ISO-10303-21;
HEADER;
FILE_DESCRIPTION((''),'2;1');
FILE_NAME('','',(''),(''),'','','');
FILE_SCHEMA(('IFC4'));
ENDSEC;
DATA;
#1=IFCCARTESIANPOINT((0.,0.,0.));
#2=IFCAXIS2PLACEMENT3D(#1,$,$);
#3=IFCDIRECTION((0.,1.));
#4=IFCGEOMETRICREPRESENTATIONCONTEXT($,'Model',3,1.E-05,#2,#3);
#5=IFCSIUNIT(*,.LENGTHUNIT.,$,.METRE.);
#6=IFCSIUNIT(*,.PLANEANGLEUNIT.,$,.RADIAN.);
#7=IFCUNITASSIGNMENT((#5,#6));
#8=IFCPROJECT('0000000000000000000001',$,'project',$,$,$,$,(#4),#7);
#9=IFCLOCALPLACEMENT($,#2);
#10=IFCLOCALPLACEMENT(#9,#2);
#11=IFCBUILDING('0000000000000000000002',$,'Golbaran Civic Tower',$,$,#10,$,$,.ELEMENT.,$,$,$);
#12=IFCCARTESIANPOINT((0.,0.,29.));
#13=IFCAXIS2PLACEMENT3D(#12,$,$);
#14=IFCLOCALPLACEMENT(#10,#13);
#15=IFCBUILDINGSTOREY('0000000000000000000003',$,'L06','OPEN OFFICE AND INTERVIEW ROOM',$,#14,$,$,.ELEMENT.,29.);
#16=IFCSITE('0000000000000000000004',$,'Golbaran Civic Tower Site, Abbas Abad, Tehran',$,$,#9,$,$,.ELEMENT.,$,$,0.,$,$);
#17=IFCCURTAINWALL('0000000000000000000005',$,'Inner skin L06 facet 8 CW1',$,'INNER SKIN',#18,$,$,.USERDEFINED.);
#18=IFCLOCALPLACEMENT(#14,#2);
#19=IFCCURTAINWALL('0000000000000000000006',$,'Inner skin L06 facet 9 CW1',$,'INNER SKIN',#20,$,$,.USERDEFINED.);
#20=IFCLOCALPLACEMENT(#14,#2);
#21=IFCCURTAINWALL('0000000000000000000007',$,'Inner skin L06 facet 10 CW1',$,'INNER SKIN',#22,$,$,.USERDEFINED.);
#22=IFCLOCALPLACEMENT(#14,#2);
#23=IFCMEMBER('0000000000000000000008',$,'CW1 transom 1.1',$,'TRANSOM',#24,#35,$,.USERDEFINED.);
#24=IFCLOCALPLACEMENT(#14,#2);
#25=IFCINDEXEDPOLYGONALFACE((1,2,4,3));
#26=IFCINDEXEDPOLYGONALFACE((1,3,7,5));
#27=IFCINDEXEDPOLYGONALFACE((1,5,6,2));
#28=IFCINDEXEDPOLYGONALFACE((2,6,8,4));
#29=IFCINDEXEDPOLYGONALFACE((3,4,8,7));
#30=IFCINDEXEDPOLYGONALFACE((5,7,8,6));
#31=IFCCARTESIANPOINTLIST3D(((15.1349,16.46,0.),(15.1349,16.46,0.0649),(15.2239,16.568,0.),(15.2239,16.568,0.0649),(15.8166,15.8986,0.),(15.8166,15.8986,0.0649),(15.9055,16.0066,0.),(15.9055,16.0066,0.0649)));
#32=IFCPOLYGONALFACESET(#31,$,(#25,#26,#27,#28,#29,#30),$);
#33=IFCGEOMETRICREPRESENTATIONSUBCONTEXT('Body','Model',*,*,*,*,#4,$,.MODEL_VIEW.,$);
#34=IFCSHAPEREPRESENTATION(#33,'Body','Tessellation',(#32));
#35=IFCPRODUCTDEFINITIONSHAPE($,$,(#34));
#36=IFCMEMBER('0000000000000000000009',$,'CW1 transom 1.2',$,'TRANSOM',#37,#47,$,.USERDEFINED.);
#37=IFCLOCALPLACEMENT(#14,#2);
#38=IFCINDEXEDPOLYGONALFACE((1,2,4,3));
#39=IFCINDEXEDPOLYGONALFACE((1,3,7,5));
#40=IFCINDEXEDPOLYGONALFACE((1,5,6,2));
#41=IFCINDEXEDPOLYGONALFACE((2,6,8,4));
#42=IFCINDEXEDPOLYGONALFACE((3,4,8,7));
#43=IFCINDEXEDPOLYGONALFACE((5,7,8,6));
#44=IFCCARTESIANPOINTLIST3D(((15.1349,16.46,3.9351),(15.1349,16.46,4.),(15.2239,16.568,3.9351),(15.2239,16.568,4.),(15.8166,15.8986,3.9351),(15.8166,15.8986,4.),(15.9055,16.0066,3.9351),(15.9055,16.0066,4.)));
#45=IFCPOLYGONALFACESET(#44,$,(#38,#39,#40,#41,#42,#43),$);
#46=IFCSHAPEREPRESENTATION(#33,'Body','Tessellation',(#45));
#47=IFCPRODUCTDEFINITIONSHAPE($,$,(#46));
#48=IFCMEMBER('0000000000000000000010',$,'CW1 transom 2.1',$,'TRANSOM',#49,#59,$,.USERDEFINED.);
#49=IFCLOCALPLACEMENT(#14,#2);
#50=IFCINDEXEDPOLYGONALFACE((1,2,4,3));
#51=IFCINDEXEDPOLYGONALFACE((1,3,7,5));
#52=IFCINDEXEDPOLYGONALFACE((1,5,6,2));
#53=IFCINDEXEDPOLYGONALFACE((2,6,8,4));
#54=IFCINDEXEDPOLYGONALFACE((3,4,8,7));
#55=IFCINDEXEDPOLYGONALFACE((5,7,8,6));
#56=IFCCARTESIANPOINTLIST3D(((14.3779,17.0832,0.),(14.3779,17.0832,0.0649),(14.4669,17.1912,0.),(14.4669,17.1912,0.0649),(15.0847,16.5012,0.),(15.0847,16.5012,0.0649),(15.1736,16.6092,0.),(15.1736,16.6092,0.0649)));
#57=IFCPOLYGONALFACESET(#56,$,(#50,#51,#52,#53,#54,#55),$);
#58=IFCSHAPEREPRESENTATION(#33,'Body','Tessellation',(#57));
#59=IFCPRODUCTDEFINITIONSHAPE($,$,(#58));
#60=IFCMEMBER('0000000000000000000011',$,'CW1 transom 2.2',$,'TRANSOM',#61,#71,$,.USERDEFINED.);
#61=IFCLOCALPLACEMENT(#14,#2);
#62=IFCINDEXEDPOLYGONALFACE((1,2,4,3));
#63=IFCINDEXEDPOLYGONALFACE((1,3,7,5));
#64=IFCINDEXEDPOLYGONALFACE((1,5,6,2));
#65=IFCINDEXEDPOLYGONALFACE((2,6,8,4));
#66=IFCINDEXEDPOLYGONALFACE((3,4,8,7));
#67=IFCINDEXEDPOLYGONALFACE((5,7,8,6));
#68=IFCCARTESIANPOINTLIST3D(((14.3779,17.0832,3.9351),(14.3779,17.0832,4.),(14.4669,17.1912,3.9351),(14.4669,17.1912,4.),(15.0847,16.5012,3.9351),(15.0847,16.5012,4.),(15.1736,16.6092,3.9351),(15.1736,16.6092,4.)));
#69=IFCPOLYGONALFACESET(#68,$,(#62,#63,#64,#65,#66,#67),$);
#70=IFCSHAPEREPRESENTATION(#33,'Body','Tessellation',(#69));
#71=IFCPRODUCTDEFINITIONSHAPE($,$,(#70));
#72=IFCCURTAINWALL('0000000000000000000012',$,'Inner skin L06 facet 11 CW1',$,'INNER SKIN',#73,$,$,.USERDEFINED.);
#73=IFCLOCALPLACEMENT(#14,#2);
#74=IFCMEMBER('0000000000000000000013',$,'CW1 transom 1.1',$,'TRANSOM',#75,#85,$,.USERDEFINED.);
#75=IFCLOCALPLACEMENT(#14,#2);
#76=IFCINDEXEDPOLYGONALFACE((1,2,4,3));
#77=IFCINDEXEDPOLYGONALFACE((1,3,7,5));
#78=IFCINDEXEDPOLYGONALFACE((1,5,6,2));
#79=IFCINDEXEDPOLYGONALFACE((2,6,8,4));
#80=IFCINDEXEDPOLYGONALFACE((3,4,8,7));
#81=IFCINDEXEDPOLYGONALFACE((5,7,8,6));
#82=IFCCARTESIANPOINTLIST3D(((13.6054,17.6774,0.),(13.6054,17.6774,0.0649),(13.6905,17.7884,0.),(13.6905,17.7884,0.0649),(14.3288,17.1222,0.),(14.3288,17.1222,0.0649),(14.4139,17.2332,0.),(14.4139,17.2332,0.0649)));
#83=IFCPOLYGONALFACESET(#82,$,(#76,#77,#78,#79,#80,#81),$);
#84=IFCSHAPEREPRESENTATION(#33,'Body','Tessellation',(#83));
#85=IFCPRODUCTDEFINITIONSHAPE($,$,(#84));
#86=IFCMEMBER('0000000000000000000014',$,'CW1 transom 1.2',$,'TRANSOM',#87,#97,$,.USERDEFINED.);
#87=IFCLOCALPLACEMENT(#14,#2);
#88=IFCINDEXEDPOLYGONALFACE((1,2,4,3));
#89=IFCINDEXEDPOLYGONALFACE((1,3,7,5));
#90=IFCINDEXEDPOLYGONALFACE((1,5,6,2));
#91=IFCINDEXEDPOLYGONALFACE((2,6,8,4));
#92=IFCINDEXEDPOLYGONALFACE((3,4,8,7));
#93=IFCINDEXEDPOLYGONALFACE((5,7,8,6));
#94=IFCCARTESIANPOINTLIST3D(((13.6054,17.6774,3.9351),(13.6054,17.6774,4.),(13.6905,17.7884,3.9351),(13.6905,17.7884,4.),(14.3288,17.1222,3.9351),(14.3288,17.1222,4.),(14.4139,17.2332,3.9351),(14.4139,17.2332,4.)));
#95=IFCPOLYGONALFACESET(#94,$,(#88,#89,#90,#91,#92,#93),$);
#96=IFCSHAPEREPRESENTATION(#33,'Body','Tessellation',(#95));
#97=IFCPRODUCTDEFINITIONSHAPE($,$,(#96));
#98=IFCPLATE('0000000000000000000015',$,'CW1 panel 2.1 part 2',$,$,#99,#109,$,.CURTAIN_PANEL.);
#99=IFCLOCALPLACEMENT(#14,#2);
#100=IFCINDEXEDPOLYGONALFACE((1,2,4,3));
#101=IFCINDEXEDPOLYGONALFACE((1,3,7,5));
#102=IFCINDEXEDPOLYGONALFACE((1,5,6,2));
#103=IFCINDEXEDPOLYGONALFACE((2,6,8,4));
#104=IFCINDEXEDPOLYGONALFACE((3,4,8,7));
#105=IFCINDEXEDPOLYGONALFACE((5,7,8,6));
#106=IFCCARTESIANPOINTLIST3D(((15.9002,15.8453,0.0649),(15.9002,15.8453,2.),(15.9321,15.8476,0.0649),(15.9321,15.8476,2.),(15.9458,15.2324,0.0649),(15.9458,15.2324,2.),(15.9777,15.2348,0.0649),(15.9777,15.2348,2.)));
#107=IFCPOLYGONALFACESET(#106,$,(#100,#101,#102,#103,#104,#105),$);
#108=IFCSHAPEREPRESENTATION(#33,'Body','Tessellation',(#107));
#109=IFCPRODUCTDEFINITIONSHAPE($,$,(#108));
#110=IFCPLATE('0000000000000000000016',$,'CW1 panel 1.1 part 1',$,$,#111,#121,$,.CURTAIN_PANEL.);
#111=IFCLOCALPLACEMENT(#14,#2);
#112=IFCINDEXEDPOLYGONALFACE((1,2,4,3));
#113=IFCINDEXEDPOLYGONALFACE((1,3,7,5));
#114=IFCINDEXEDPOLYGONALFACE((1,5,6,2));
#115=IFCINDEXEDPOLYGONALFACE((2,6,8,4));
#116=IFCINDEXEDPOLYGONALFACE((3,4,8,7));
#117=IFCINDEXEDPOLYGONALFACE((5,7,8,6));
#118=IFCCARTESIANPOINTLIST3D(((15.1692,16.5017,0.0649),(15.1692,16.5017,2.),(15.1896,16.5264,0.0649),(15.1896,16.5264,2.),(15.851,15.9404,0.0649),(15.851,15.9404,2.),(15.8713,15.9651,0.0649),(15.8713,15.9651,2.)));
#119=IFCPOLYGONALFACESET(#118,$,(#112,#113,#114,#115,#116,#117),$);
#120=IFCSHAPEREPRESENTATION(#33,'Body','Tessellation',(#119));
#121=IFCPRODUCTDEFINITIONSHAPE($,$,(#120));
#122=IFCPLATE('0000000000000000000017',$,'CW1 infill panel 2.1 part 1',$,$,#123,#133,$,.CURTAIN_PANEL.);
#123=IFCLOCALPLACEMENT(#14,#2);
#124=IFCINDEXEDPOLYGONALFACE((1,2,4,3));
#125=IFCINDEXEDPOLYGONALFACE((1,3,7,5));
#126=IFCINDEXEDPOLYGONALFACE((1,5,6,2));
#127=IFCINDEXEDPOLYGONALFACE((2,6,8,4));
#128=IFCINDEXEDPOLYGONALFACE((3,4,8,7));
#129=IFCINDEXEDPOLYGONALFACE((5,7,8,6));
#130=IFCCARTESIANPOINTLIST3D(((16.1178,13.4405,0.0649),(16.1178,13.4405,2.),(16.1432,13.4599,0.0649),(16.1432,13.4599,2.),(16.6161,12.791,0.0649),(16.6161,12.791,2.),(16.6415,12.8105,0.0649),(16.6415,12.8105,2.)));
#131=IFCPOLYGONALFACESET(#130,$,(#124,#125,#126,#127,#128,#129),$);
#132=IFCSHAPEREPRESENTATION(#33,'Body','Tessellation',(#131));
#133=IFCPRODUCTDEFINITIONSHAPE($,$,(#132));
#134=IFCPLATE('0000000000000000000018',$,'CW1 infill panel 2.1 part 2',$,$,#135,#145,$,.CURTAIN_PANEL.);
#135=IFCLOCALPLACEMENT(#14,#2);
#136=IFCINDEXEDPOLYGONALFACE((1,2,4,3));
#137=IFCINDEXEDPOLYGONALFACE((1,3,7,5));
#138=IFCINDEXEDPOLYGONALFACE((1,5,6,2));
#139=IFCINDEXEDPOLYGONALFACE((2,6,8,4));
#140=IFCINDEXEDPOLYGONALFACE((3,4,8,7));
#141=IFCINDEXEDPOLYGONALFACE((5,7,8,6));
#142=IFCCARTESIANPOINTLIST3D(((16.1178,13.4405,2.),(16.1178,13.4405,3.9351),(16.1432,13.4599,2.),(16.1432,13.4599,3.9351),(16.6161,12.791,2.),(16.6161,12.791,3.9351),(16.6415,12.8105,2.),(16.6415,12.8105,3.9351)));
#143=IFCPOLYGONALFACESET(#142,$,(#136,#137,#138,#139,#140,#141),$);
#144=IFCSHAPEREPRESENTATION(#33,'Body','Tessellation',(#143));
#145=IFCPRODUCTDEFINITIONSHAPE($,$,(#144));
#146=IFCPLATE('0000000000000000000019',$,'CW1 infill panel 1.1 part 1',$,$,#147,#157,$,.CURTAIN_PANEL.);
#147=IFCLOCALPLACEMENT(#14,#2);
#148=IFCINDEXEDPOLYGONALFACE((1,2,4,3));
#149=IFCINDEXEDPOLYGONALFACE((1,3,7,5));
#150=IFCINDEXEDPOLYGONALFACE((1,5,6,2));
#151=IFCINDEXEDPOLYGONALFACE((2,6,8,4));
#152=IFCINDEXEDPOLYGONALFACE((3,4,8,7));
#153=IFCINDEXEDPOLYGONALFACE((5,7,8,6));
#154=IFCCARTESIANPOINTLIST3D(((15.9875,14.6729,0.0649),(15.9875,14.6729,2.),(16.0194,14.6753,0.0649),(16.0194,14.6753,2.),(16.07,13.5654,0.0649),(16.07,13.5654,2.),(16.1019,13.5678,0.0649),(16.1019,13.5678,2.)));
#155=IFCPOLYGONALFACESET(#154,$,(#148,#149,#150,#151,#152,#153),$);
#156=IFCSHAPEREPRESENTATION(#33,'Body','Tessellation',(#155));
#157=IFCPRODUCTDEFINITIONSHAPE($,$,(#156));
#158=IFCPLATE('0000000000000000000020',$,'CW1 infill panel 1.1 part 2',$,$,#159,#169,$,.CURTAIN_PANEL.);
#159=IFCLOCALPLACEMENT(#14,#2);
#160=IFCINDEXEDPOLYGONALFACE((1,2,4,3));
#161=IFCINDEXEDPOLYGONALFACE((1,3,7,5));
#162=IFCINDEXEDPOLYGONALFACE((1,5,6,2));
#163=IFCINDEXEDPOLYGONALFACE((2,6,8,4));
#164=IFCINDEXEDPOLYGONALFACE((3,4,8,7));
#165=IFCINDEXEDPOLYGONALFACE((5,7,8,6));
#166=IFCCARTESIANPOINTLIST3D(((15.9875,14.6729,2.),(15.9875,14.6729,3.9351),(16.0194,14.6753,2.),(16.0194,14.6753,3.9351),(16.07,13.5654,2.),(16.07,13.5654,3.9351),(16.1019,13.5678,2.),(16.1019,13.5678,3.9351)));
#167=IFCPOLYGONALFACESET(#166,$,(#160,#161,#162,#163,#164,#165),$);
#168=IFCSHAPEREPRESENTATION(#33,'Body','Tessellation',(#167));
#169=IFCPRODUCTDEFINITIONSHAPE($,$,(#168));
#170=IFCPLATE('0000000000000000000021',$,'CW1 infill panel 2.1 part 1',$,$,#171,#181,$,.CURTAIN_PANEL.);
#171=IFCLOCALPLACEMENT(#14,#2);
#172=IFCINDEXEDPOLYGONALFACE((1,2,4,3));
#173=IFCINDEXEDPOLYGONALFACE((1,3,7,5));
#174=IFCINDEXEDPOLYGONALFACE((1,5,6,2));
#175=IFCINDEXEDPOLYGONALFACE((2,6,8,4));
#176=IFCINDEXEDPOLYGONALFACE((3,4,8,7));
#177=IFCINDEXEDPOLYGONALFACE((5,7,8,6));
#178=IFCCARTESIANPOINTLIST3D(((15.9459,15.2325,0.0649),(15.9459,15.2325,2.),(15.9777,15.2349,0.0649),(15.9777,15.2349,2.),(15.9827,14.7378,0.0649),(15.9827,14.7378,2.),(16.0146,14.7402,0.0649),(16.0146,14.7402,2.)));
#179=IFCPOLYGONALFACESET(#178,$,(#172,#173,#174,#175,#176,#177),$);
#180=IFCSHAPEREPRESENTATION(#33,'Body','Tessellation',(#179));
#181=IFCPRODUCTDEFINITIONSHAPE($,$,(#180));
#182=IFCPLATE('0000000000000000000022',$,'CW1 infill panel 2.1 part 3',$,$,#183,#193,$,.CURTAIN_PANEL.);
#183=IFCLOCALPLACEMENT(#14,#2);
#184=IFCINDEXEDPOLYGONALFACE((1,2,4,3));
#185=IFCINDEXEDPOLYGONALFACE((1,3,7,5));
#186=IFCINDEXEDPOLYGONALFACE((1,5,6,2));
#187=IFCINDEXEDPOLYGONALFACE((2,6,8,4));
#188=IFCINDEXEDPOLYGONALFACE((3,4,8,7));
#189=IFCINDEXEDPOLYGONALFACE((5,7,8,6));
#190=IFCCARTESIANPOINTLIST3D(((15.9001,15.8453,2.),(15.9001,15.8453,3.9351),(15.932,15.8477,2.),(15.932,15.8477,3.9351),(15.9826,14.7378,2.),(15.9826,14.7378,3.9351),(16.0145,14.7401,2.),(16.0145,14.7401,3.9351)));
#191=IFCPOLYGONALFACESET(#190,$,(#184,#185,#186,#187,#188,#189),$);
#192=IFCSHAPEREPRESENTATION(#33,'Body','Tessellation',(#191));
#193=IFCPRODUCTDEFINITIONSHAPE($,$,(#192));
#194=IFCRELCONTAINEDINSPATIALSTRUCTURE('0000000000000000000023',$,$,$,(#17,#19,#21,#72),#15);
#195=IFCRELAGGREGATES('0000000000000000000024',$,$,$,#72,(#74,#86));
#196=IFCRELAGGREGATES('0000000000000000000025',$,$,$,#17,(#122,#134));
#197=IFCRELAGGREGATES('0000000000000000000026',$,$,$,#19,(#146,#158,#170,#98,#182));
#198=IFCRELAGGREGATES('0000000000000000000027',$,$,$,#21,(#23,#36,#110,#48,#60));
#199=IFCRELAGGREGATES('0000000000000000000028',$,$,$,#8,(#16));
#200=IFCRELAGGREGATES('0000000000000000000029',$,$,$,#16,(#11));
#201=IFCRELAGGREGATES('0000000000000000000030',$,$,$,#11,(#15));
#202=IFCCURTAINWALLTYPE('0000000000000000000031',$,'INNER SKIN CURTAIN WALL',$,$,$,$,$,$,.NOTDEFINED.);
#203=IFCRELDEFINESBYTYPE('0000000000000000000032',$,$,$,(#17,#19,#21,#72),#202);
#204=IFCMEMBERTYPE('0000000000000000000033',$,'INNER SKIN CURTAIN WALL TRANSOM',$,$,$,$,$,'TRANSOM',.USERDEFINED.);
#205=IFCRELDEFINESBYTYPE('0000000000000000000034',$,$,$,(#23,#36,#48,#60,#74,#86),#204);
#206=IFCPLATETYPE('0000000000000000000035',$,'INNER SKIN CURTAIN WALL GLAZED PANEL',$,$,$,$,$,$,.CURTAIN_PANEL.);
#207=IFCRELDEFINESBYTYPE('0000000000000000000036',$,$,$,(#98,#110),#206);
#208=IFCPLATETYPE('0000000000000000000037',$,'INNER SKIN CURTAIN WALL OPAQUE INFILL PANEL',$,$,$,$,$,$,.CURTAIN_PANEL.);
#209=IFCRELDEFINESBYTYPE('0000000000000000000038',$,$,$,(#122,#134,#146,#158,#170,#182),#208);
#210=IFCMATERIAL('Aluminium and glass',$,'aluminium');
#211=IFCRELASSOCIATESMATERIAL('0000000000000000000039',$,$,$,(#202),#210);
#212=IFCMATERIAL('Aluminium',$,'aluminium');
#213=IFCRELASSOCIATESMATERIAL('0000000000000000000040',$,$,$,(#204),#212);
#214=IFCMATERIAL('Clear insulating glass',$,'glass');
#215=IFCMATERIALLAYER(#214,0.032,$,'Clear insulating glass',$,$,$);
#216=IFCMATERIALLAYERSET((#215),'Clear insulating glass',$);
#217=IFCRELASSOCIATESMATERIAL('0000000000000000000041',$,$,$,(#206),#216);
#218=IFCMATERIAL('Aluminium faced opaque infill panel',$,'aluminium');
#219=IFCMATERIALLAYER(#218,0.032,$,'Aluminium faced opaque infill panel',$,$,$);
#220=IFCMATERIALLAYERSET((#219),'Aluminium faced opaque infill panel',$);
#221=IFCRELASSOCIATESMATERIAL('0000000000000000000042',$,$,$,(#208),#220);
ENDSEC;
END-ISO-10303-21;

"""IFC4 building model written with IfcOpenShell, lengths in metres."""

from ifc_helpers import new_model, si_unit, direction, frame, origin, origin_2d, place, context, subcontext, project, spatial, rectangle, extrude, material, layer, layer_set, material_profile, profile_set, type_object, element, aggregate, save


model = new_model("IFC4")

# Units and contexts
model_context = context("Model", 3, precision=1e-05, world=origin(), true_north=direction((0.0, 1.0)))
body_context = subcontext(model_context, "Body", "Model", "MODEL_VIEW")
ifc_project = project(units=[si_unit("LENGTHUNIT", "METRE"), si_unit("PLANEANGLEUNIT", "RADIAN")], contexts=[model_context])

# Site, building, storey
site_placement = place(None, origin())
site = spatial("IfcSite", under=ifc_project, at=site_placement, Name="Golbaran Civic Tower Site, Abbas Abad, Tehran", CompositionType="ELEMENT", RefElevation=0.0)
building_placement = place(site_placement, origin())
building = spatial("IfcBuilding", under=site, at=building_placement, Name="Golbaran Civic Tower", CompositionType="ELEMENT")
storey_placement = place(building_placement, frame((0.0, 0.0, 29.0)))
storey = spatial("IfcBuildingStorey", under=building, at=storey_placement, Name="L06", Description="OPEN OFFICE AND INTERVIEW ROOM", CompositionType="ELEMENT", Elevation=29.0)

# Curtain wall
ifc_material_1 = material(Name="Aluminium and glass", Category="aluminium")
curtain_wall_type = type_object("IfcCurtainWallType", Name="INNER SKIN CURTAIN WALL", PredefinedType="NOTDEFINED", material=ifc_material_1)
curtain_wall_1_placement = place(storey_placement, origin())
curtain_wall_1 = element("IfcCurtainWall", 1, at=curtain_wall_1_placement, inside=storey, type_object=curtain_wall_type, Name="Inner skin L06 facet 8 CW1", ObjectType="INNER SKIN", PredefinedType="USERDEFINED")
ifc_material_2 = material(Name="Aluminium", Category="aluminium")

# Curtain walls
curtain_wall_2_placement = place(storey_placement, origin())
curtain_wall_2 = element("IfcCurtainWall", 2, at=curtain_wall_2_placement, inside=storey, type_object=curtain_wall_type, Name="Inner skin L06 facet 9 CW1", ObjectType="INNER SKIN", PredefinedType="USERDEFINED")
curtain_wall_3_placement = place(storey_placement, origin())
curtain_wall_3 = element("IfcCurtainWall", 3, at=curtain_wall_3_placement, inside=storey, type_object=curtain_wall_type, Name="Inner skin L06 facet 10 CW1", ObjectType="INNER SKIN", PredefinedType="USERDEFINED")

# Members
ifc_material_profile_1 = material_profile(ifc_material_2, rectangle(XDim=0.1399, YDim=0.0649, at=origin_2d()), Name="INNER SKIN CURTAIN WALL TRANSOM")
ifc_profile_set_1 = profile_set([ifc_material_profile_1], Name="Aluminium")
member_type_1 = type_object("IfcMemberType", Name="INNER SKIN CURTAIN WALL TRANSOM", ElementType="TRANSOM", PredefinedType="USERDEFINED", material=ifc_profile_set_1)
member_1_placement = place(storey_placement, frame((15.8611, 15.9526, 0.0325), z_axis=(-0.77197, 0.635659, 0.0), x_axis=(-0.635659, -0.77197, 0.0)))
member_1 = element("IfcMember", 4, at=member_1_placement, type_object=member_type_1, Name="CW1 transom 1.1", ObjectType="TRANSOM", PredefinedType="USERDEFINED", context=body_context, shape_type="SweptSolid", body=[
    extrude(rectangle(XDim=0.1399, YDim=0.0649, at=origin_2d()), origin(), (0.0, 0.0, 1.0), 0.8831),
])
member_2_placement = place(storey_placement, frame((15.8611, 15.9526, 3.9675), z_axis=(-0.77197, 0.635659, 0.0), x_axis=(-0.635659, -0.77197, 0.0)))
member_2 = element("IfcMember", 5, at=member_2_placement, type_object=member_type_1, Name="CW1 transom 1.2", ObjectType="TRANSOM", PredefinedType="USERDEFINED", context=body_context, shape_type="SweptSolid", body=[
    extrude(rectangle(XDim=0.1399, YDim=0.0649, at=origin_2d()), origin(), (0.0, 0.0, 1.0), 0.8831),
])
member_3_placement = place(storey_placement, frame((15.1292, 16.5552, 0.0325), z_axis=(-0.771946, 0.635689, 0.0), x_axis=(-0.635689, -0.771946, 0.0)))
member_3 = element("IfcMember", 6, at=member_3_placement, type_object=member_type_1, Name="CW1 transom 2.1", ObjectType="TRANSOM", PredefinedType="USERDEFINED", context=body_context, shape_type="SweptSolid", body=[
    extrude(rectangle(XDim=0.1399, YDim=0.0649, at=origin_2d()), origin(), (0.0, 0.0, 1.0), 0.9155),
])
member_4_placement = place(storey_placement, frame((15.1292, 16.5552, 3.9675), z_axis=(-0.771946, 0.635689, 0.0), x_axis=(-0.635689, -0.771946, 0.0)))
member_4 = element("IfcMember", 7, at=member_4_placement, type_object=member_type_1, Name="CW1 transom 2.2", ObjectType="TRANSOM", PredefinedType="USERDEFINED", context=body_context, shape_type="SweptSolid", body=[
    extrude(rectangle(XDim=0.1399, YDim=0.0649, at=origin_2d()), origin(), (0.0, 0.0, 1.0), 0.9155),
])

# Curtain wall, members
curtain_wall_4_placement = place(storey_placement, origin())
curtain_wall_4 = element("IfcCurtainWall", 8, at=curtain_wall_4_placement, inside=storey, type_object=curtain_wall_type, Name="Inner skin L06 facet 11 CW1", ObjectType="INNER SKIN", PredefinedType="USERDEFINED")
member_5_placement = place(storey_placement, frame((14.3713, 17.1777, 0.0325), z_axis=(-0.7933, 0.608831, 0.0), x_axis=(-0.608831, -0.7933, 0.0)))
member_5 = element("IfcMember", 9, at=member_5_placement, type_object=member_type_1, Name="CW1 transom 1.1", ObjectType="TRANSOM", PredefinedType="USERDEFINED", context=body_context, shape_type="SweptSolid", body=[
    extrude(rectangle(XDim=0.1399, YDim=0.0649, at=origin_2d()), origin(), (0.0, 0.0, 1.0), 0.9119),
])
member_6_placement = place(storey_placement, frame((14.3713, 17.1777, 3.9675), z_axis=(-0.7933, 0.608831, 0.0), x_axis=(-0.608831, -0.7933, 0.0)))
member_6 = element("IfcMember", 10, at=member_6_placement, type_object=member_type_1, Name="CW1 transom 1.2", ObjectType="TRANSOM", PredefinedType="USERDEFINED", context=body_context, shape_type="SweptSolid", body=[
    extrude(rectangle(XDim=0.1399, YDim=0.0649, at=origin_2d()), origin(), (0.0, 0.0, 1.0), 0.9119),
])
aggregate(curtain_wall_4, [member_5, member_6])

# Plates
ifc_material_3 = material(Name="Clear insulating glass", Category="glass")
ifc_layer_1 = layer(ifc_material_3, 0.032, Name="Clear insulating glass")
ifc_layer_set_1 = layer_set([ifc_layer_1], Name="Clear insulating glass")
plate_type_1 = type_object("IfcPlateType", Name="INNER SKIN CURTAIN WALL GLAZED PANEL", PredefinedType="CURTAIN_PANEL", material=ifc_layer_set_1)
plate_1_placement = place(storey_placement, frame((15.939, 15.54, 0.0649), z_axis=(0.0, 0.0, 1.0), x_axis=(-0.074267, 0.997238, 0.0)))
plate_1 = element("IfcPlate", 11, at=plate_1_placement, type_object=plate_type_1, Name="CW1 panel 2.1 part 2", PredefinedType="CURTAIN_PANEL", context=body_context, shape_type="SweptSolid", body=[
    extrude(rectangle(XDim=0.6145, YDim=0.032, at=origin_2d()), origin(), (0.0, 0.0, 1.0), 1.9351),
])
plate_2_placement = place(storey_placement, frame((15.5203, 16.2334, 0.0649), z_axis=(0.0, 0.0, 1.0), x_axis=(-0.772032, 0.635583, 0.0)))
plate_2 = element("IfcPlate", 12, at=plate_2_placement, type_object=plate_type_1, Name="CW1 panel 1.1 part 1", PredefinedType="CURTAIN_PANEL", context=body_context, shape_type="SweptSolid", body=[
    extrude(rectangle(XDim=0.8831, YDim=0.032, at=origin_2d()), origin(), (0.0, 0.0, 1.0), 1.9351),
])
ifc_material_4 = material(Name="Aluminium faced opaque infill panel", Category="aluminium")
ifc_layer_2 = layer(ifc_material_4, 0.032, Name="Aluminium faced opaque infill panel")
ifc_layer_set_2 = layer_set([ifc_layer_2], Name="Aluminium faced opaque infill panel")
plate_type_2 = type_object("IfcPlateType", Name="INNER SKIN CURTAIN WALL OPAQUE INFILL PANEL", PredefinedType="CURTAIN_PANEL", material=ifc_layer_set_2)
plate_3_placement = place(storey_placement, frame((16.3796, 13.1255, 0.0649), z_axis=(0.0, 0.0, 1.0), x_axis=(-0.608761, 0.793353, 0.0)))
plate_3 = element("IfcPlate", 13, at=plate_3_placement, type_object=plate_type_2, Name="CW1 infill panel 2.1 part 1", PredefinedType="CURTAIN_PANEL", context=body_context, shape_type="SweptSolid", body=[
    extrude(rectangle(XDim=0.8186, YDim=0.032, at=origin_2d()), origin(), (0.0, 0.0, 1.0), 1.9351),
])
plate_4_placement = place(storey_placement, frame((16.3796, 13.1255, 2.0), z_axis=(0.0, 0.0, 1.0), x_axis=(-0.608761, 0.793353, 0.0)))
plate_4 = element("IfcPlate", 14, at=plate_4_placement, type_object=plate_type_2, Name="CW1 infill panel 2.1 part 2", PredefinedType="CURTAIN_PANEL", context=body_context, shape_type="SweptSolid", body=[
    extrude(rectangle(XDim=0.8186, YDim=0.032, at=origin_2d()), origin(), (0.0, 0.0, 1.0), 1.9351),
])
aggregate(curtain_wall_1, [plate_3, plate_4])
plate_5_placement = place(storey_placement, frame((16.0447, 14.1204, 0.0649), z_axis=(0.0, 0.0, 1.0), x_axis=(-0.074267, 0.997238, 0.0)))
plate_5 = element("IfcPlate", 15, at=plate_5_placement, type_object=plate_type_2, Name="CW1 infill panel 1.1 part 1", PredefinedType="CURTAIN_PANEL", context=body_context, shape_type="SweptSolid", body=[
    extrude(rectangle(XDim=1.1106, YDim=0.032, at=origin_2d()), origin(), (0.0, 0.0, 1.0), 1.9351),
])
plate_6_placement = place(storey_placement, frame((16.0447, 14.1204, 2.0), z_axis=(0.0, 0.0, 1.0), x_axis=(-0.074267, 0.997238, 0.0)))
plate_6 = element("IfcPlate", 16, at=plate_6_placement, type_object=plate_type_2, Name="CW1 infill panel 1.1 part 2", PredefinedType="CURTAIN_PANEL", context=body_context, shape_type="SweptSolid", body=[
    extrude(rectangle(XDim=1.1106, YDim=0.032, at=origin_2d()), origin(), (0.0, 0.0, 1.0), 1.9351),
])
plate_7_placement = place(storey_placement, frame((15.9802, 14.9863, 0.0649), z_axis=(0.0, 0.0, 1.0), x_axis=(-0.074267, 0.997238, 0.0)))
plate_7 = element("IfcPlate", 17, at=plate_7_placement, type_object=plate_type_2, Name="CW1 infill panel 2.1 part 1", PredefinedType="CURTAIN_PANEL", context=body_context, shape_type="SweptSolid", body=[
    extrude(rectangle(XDim=0.4961, YDim=0.032, at=origin_2d()), origin(), (0.0, 0.0, 1.0), 1.9351),
])
plate_8_placement = place(storey_placement, frame((15.9573, 15.2927, 2.0), z_axis=(0.0, 0.0, 1.0), x_axis=(-0.074267, 0.997238, 0.0)))
plate_8 = element("IfcPlate", 18, at=plate_8_placement, type_object=plate_type_2, Name="CW1 infill panel 2.1 part 3", PredefinedType="CURTAIN_PANEL", context=body_context, shape_type="SweptSolid", body=[
    extrude(rectangle(XDim=1.1106, YDim=0.032, at=origin_2d()), origin(), (0.0, 0.0, 1.0), 1.9351),
])
aggregate(curtain_wall_2, [plate_5, plate_6, plate_7, plate_1, plate_8])
aggregate(curtain_wall_3, [member_1, member_2, plate_2, member_3, member_4])

save(model, "model.ifc")
